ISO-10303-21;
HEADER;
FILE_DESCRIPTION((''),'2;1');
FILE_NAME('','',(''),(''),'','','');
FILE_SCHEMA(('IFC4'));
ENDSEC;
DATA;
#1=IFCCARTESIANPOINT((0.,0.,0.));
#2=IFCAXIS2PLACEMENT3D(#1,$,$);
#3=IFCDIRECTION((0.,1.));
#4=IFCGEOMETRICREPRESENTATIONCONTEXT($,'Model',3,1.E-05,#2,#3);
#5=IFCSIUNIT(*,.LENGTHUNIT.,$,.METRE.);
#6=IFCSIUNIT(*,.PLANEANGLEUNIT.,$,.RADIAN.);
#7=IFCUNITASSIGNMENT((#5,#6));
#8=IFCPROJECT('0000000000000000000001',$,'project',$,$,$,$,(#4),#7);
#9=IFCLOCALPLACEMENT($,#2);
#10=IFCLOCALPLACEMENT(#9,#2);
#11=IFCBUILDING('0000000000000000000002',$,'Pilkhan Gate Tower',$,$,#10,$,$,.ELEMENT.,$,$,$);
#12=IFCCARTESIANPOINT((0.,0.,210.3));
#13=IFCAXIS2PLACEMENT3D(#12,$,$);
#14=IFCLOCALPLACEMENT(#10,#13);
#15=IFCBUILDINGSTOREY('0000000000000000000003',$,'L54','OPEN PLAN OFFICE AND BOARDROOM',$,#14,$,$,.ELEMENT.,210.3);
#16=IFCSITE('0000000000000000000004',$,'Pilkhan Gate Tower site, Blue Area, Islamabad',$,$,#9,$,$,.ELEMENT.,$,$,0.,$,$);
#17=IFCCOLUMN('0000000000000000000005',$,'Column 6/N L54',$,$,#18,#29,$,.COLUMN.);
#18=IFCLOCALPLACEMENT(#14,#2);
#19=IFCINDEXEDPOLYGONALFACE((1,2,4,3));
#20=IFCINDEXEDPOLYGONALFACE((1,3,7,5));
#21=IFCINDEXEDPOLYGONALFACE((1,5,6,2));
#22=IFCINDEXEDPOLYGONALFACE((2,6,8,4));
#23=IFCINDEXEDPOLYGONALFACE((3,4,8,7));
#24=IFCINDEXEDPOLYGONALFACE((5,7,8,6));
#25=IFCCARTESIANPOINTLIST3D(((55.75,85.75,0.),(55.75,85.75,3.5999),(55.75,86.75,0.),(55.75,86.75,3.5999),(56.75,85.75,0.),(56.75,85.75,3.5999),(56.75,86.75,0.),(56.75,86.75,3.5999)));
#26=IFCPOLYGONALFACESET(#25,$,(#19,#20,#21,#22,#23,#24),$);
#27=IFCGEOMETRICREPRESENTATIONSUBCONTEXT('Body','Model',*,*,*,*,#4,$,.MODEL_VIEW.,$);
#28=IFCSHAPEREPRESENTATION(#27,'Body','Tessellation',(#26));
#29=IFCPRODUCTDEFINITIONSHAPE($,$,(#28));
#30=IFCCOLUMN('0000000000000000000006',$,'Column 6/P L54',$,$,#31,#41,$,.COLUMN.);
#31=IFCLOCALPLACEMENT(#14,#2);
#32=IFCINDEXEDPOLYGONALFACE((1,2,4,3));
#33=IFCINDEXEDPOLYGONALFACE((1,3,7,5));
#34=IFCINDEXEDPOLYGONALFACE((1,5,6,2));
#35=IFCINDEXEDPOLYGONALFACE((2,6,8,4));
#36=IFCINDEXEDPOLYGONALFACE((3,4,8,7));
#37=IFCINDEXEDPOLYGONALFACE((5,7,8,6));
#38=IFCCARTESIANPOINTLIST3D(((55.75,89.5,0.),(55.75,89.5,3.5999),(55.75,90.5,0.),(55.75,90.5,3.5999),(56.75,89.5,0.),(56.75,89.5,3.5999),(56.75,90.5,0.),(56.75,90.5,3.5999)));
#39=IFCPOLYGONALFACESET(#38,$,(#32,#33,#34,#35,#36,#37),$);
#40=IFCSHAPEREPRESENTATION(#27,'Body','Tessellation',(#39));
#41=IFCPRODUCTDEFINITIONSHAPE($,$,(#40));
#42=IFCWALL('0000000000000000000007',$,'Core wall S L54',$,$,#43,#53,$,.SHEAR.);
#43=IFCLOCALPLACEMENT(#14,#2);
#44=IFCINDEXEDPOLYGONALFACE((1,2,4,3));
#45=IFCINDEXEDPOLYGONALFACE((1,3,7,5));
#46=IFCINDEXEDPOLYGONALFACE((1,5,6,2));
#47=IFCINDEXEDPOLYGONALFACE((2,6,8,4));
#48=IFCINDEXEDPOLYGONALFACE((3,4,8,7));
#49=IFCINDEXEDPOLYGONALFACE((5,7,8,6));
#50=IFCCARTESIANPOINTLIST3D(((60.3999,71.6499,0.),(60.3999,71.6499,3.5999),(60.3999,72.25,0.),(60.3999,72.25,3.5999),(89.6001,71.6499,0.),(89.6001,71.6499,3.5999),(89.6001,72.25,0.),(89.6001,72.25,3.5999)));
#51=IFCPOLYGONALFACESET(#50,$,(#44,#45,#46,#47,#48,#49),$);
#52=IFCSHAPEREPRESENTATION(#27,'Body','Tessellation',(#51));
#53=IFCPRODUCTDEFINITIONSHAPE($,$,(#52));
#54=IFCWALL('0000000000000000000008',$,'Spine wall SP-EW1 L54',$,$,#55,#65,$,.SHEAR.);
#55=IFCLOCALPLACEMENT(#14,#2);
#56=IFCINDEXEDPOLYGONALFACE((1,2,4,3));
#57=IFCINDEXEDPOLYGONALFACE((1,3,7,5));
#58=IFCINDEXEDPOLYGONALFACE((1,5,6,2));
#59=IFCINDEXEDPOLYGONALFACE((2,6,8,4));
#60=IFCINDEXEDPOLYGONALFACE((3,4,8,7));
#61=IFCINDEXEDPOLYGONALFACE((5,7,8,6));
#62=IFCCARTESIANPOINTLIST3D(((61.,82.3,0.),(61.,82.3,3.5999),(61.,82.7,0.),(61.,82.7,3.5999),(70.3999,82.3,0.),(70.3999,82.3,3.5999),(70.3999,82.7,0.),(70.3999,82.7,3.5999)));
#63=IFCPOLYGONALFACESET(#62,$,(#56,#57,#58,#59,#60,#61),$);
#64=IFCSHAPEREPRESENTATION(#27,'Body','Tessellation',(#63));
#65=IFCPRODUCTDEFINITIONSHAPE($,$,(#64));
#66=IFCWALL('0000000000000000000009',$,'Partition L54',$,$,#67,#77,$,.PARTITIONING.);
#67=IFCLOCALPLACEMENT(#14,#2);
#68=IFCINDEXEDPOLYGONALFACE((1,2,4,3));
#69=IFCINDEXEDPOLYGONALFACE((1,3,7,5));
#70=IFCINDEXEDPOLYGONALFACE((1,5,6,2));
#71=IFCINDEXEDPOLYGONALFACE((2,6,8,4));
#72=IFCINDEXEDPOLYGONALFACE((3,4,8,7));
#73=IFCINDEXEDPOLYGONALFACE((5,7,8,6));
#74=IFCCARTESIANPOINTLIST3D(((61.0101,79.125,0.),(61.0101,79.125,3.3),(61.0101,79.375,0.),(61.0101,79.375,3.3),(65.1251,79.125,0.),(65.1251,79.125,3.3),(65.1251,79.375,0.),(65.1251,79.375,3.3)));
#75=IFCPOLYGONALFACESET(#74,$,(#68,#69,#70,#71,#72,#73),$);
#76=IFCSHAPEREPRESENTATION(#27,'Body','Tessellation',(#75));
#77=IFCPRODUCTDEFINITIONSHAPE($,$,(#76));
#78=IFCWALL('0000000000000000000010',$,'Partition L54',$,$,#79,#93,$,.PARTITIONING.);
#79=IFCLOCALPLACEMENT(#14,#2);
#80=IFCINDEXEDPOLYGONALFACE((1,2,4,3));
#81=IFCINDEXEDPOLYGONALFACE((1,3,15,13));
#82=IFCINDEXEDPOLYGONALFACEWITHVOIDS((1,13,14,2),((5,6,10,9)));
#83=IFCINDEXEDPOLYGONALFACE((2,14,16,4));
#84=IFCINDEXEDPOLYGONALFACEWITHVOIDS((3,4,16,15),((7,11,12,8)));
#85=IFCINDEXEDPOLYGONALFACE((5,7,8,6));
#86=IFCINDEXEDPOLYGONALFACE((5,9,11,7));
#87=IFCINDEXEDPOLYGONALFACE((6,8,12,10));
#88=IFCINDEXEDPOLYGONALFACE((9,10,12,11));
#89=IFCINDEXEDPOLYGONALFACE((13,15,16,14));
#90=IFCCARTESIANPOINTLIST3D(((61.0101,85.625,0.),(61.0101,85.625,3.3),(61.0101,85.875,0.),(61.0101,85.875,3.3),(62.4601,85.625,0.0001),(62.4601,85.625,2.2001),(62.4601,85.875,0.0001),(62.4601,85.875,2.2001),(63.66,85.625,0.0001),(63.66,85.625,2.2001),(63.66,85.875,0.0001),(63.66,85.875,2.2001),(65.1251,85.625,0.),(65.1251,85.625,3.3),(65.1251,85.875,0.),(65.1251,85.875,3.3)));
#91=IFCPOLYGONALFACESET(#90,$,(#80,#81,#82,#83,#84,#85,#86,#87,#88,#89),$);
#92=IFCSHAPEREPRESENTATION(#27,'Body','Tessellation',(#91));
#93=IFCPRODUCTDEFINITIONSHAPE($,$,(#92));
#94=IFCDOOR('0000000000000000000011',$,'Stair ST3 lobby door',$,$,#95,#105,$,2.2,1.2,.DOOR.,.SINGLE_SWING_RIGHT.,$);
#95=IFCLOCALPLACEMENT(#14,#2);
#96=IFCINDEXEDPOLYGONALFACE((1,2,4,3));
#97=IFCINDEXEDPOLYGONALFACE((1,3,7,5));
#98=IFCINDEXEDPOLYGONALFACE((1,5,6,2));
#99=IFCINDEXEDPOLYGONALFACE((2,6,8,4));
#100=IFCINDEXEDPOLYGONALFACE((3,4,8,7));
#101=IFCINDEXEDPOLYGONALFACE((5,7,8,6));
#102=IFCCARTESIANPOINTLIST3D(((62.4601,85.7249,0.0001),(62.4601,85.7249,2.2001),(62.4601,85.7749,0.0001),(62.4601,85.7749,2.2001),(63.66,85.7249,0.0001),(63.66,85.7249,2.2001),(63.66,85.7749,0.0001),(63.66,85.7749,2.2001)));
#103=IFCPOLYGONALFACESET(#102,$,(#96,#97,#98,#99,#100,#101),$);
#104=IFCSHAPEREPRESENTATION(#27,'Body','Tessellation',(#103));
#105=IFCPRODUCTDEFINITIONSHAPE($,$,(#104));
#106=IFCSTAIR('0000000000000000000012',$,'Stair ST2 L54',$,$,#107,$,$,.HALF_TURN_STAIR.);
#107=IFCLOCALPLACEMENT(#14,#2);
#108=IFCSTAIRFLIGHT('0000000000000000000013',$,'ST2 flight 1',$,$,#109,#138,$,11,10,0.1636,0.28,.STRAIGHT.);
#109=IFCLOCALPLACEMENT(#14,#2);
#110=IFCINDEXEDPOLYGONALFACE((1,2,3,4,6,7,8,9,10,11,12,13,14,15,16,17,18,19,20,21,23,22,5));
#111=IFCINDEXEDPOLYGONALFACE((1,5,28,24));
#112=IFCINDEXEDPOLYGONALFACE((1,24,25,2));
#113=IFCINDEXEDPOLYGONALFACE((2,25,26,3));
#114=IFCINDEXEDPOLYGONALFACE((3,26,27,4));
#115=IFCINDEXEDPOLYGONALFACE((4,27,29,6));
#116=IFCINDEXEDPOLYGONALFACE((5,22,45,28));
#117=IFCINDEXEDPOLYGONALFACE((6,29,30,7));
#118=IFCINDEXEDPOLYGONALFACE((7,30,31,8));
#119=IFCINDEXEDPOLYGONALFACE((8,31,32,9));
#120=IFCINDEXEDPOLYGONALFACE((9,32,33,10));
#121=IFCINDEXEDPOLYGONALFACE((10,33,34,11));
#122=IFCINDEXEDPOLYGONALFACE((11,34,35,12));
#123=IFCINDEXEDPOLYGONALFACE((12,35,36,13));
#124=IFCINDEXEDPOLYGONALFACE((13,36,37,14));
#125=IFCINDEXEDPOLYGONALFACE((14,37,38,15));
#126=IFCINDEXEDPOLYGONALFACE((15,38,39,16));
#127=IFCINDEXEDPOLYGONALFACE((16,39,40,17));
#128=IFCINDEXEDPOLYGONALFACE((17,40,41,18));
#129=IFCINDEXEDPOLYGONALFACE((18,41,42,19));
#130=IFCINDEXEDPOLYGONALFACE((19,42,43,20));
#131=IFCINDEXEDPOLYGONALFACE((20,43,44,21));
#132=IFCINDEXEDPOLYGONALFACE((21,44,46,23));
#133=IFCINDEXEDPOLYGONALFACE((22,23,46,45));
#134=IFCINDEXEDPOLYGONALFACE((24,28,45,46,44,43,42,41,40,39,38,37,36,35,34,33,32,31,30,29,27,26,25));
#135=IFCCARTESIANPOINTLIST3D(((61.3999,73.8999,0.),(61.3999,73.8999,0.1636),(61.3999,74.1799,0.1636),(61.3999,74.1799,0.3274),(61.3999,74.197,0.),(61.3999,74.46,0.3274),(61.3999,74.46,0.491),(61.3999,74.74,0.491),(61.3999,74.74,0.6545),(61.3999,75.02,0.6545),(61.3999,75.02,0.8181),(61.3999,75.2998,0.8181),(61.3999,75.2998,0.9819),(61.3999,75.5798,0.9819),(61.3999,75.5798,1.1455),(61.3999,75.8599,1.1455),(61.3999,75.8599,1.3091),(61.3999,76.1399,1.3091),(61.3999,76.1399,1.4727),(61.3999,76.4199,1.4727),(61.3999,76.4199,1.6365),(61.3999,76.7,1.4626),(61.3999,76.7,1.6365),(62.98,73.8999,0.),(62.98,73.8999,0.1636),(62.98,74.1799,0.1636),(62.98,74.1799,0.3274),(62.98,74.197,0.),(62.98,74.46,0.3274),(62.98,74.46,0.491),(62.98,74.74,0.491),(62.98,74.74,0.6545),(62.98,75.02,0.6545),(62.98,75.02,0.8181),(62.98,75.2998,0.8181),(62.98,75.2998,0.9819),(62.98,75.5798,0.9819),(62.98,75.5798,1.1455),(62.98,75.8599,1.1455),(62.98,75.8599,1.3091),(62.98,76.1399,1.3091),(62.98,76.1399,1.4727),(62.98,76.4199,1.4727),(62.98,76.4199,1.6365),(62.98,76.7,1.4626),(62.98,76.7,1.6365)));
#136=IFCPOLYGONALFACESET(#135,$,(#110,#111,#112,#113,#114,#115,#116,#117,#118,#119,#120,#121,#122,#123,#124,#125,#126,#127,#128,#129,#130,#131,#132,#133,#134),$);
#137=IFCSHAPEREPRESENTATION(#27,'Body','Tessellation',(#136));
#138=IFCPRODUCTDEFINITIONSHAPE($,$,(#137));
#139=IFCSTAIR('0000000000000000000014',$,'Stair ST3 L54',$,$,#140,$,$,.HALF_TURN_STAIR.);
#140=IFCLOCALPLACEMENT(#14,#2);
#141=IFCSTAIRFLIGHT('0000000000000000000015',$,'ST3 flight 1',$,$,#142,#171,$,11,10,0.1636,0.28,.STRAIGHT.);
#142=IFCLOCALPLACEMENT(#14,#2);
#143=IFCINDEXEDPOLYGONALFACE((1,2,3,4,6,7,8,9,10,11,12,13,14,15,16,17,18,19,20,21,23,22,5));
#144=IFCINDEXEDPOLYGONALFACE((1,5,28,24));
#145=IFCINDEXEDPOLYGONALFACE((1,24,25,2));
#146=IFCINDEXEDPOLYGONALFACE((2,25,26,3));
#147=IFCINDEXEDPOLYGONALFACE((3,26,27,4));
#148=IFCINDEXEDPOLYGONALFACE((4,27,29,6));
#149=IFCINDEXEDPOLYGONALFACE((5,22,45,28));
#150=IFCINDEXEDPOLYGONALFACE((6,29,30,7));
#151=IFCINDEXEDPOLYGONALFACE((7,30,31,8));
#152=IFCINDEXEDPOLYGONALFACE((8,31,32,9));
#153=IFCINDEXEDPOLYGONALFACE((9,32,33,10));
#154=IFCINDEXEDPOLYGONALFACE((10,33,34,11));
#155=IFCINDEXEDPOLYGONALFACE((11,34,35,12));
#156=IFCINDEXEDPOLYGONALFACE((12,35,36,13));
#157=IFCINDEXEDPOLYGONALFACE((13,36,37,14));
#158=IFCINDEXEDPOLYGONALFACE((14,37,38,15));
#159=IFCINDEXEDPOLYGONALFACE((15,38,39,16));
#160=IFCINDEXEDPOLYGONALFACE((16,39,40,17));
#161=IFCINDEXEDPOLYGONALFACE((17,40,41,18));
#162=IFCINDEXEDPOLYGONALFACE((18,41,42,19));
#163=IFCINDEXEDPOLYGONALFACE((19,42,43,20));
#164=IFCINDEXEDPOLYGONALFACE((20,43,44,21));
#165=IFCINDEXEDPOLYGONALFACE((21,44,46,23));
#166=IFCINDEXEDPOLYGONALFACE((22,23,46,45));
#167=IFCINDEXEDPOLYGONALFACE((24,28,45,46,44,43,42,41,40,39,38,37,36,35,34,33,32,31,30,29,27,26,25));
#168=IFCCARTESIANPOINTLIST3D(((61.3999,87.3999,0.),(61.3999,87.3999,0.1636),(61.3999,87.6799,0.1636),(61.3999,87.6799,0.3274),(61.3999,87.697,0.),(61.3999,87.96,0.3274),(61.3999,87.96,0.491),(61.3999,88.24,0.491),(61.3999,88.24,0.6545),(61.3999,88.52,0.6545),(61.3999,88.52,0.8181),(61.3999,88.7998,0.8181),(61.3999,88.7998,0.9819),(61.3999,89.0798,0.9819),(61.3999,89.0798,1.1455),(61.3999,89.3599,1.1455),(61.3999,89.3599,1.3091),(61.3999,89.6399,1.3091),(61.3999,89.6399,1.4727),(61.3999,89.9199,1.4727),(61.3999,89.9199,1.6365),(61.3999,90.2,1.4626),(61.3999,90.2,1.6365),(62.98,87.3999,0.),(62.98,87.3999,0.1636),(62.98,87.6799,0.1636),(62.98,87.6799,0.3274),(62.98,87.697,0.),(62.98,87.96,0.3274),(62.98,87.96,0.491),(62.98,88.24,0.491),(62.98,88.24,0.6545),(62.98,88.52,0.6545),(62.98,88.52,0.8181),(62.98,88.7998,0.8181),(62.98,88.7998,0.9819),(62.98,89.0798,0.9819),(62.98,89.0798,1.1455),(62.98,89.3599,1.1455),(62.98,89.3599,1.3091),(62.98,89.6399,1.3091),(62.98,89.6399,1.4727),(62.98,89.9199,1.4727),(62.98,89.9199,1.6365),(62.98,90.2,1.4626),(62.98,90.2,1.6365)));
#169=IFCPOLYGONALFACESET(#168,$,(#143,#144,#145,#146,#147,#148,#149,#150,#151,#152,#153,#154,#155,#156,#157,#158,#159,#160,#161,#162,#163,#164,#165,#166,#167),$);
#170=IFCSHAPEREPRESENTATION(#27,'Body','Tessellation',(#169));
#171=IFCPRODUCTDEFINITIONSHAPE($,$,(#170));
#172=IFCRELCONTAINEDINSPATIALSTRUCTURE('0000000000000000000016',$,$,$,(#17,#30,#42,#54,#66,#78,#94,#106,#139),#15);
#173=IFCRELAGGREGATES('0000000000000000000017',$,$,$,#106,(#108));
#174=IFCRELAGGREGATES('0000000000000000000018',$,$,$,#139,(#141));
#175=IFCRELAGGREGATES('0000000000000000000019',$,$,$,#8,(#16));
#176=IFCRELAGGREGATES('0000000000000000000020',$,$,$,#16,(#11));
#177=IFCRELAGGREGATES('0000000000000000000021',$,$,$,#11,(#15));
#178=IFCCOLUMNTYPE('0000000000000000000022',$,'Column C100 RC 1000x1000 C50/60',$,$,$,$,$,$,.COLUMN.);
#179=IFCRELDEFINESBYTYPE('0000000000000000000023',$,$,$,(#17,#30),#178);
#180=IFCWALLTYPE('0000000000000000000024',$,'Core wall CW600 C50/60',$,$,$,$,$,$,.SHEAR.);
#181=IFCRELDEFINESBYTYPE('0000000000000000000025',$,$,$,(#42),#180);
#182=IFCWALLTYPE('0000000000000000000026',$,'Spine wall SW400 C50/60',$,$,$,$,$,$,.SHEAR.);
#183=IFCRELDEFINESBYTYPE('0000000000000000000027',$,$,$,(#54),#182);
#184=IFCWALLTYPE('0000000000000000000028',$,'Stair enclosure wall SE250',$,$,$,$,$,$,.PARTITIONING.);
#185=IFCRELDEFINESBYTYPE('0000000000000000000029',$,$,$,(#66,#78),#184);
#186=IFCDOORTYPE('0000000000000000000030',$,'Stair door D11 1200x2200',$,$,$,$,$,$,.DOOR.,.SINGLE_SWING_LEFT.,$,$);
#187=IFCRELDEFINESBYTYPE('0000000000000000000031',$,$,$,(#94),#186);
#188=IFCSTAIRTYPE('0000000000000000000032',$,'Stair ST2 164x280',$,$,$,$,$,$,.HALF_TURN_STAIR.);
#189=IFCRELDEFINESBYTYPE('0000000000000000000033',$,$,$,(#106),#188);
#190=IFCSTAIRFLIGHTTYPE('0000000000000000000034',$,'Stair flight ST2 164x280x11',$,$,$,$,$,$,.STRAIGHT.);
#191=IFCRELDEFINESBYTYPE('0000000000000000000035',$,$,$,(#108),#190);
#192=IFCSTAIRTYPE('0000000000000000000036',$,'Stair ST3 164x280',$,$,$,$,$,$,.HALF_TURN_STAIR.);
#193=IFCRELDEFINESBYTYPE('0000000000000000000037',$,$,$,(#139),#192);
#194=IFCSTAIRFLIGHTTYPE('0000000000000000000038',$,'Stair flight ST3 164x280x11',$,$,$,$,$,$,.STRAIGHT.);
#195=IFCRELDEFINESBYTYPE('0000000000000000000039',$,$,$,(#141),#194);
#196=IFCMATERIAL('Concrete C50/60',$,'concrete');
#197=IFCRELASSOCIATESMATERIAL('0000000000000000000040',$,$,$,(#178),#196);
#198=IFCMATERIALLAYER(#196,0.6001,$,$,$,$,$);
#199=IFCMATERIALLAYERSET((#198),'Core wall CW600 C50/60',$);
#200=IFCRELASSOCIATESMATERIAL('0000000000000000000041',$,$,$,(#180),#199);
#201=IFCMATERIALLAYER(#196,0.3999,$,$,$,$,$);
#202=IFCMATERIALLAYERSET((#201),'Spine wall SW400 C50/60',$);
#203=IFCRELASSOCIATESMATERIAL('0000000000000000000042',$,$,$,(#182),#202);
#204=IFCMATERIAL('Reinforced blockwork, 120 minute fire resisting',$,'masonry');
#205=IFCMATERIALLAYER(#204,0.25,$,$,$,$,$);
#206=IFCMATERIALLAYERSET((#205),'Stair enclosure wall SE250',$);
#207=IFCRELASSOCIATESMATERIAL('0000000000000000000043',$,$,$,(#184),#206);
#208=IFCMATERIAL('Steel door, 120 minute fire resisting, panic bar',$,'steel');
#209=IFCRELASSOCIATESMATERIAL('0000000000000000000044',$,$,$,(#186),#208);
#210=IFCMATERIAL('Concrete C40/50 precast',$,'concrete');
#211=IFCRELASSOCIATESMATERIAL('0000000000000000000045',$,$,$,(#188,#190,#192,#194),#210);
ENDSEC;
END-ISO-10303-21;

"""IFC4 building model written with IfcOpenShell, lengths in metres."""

from ifc_helpers import new_model, si_unit, direction, frame, frame_2d, origin, origin_2d, place, context, subcontext, project, spatial, polyline, rectangle, outline, extrude, material, layer, layer_set, material_profile, profile_set, type_object, element, fill, aggregate, save


model = new_model("IFC4")

# Units and contexts
model_context = context("Model", 3, precision=1e-05, world=origin(), true_north=direction((0.0, 1.0)))
body_context = subcontext(model_context, "Body", "Model", "MODEL_VIEW")
ifc_project = project(units=[si_unit("LENGTHUNIT", "METRE"), si_unit("PLANEANGLEUNIT", "RADIAN")], contexts=[model_context])

# Site, building, storey
site_placement = place(None, origin())
site = spatial("IfcSite", under=ifc_project, at=site_placement, Name="Pilkhan Gate Tower site, Blue Area, Islamabad", CompositionType="ELEMENT", RefElevation=0.0)
building_placement = place(site_placement, origin())
building = spatial("IfcBuilding", under=site, at=building_placement, Name="Pilkhan Gate Tower", CompositionType="ELEMENT")
storey_placement = place(building_placement, frame((0.0, 0.0, 210.3)))
storey = spatial("IfcBuildingStorey", under=building, at=storey_placement, Name="L54", Description="OPEN PLAN OFFICE AND BOARDROOM", CompositionType="ELEMENT", Elevation=210.3)

# Columns
ifc_material_1 = material(Name="Concrete C50/60", Category="concrete")
ifc_material_profile = material_profile(ifc_material_1, rectangle(XDim=1.0, YDim=1.0, at=origin_2d()), Name="RC 1000x1000")
ifc_profile_set = profile_set([ifc_material_profile], Name="Concrete C50/60")
column_type = type_object("IfcColumnType", Name="Column C100 RC 1000x1000 C50/60", PredefinedType="COLUMN", material=ifc_profile_set)
for number, where, z_axis, x_axis, name in (
    (1, (56.25, 86.25, 0.0), (0.0, 0.0, 1.0), (1.0, 0.0, 0.0), "Column 6/N L54"),
    (2, (56.25, 90.0, 0.0), (0.0, 0.0, 1.0), (1.0, 0.0, 0.0), "Column 6/P L54"),
):
    element("IfcColumn", number, at=place(storey_placement, frame(where, z_axis=z_axis, x_axis=x_axis)), inside=storey, type_object=column_type, Name=name, PredefinedType="COLUMN", context=body_context, shape_type="SweptSolid", body=[
        extrude(rectangle(XDim=1.0, YDim=1.0, at=origin_2d()), origin(), (0.0, 0.0, 1.0), 3.5999),
    ])

# Walls
ifc_layer_1 = layer(ifc_material_1, 0.6001)
ifc_layer_set_1 = layer_set([ifc_layer_1], Name="Core wall CW600 C50/60")
wall_type_1 = type_object("IfcWallType", Name="Core wall CW600 C50/60", PredefinedType="SHEAR", material=ifc_layer_set_1)
wall_1_placement = place(storey_placement, frame((60.3999, 71.95, 0.0), z_axis=(0.0, 0.0, 1.0), x_axis=(1.0, 0.0, 0.0)))
element("IfcWall", 3, at=wall_1_placement, inside=storey, type_object=wall_type_1, Name="Core wall S L54", PredefinedType="SHEAR", context=body_context, shape_type="SweptSolid", body=[
    extrude(rectangle(XDim=29.2002, YDim=0.6001, at=frame_2d((14.6001, 0.0))), origin(), (0.0, 0.0, 1.0), 3.5999),
])
ifc_layer_2 = layer(ifc_material_1, 0.3999)
ifc_layer_set_2 = layer_set([ifc_layer_2], Name="Spine wall SW400 C50/60")
wall_type_2 = type_object("IfcWallType", Name="Spine wall SW400 C50/60", PredefinedType="SHEAR", material=ifc_layer_set_2)
wall_2_placement = place(storey_placement, frame((61.0, 82.5, 0.0), z_axis=(0.0, 0.0, 1.0), x_axis=(1.0, 0.0, 0.0)))
element("IfcWall", 4, at=wall_2_placement, inside=storey, type_object=wall_type_2, Name="Spine wall SP-EW1 L54", PredefinedType="SHEAR", context=body_context, shape_type="SweptSolid", body=[
    extrude(rectangle(XDim=9.3999, YDim=0.3999, at=frame_2d((4.7, 0.0))), origin(), (0.0, 0.0, 1.0), 3.5999),
])
ifc_material_2 = material(Name="Reinforced blockwork, 120 minute fire resisting", Category="masonry")
ifc_layer_3 = layer(ifc_material_2, 0.25)
ifc_layer_set_3 = layer_set([ifc_layer_3], Name="Stair enclosure wall SE250")
wall_type_3 = type_object("IfcWallType", Name="Stair enclosure wall SE250", PredefinedType="PARTITIONING", material=ifc_layer_set_3)
wall_3_placement = place(storey_placement, frame((61.01, 79.25, 0.0), z_axis=(0.0, 0.0, 1.0), x_axis=(1.0, 0.0, 0.0)))
element("IfcWall", 5, at=wall_3_placement, inside=storey, type_object=wall_type_3, Name="Partition L54", PredefinedType="PARTITIONING", context=body_context, shape_type="SweptSolid", body=[
    extrude(rectangle(XDim=4.115, YDim=0.25, at=frame_2d((2.0576, 0.0))), origin(), (0.0, 0.0, 1.0), 3.3),
])

# Wall, opening, door
wall_4_placement = place(storey_placement, frame((61.01, 85.75, 0.0), z_axis=(0.0, 0.0, 1.0), x_axis=(1.0, 0.0, 0.0)))
wall_4 = element("IfcWall", 6, at=wall_4_placement, inside=storey, type_object=wall_type_3, Name="Partition L54", PredefinedType="PARTITIONING", context=body_context, shape_type="SweptSolid", body=[
    extrude(rectangle(XDim=4.115, YDim=0.25, at=frame_2d((2.0576, 0.0))), origin(), (0.0, 0.0, 1.0), 3.3),
])
opening_placement = place(wall_4_placement, frame((1.45, 0.0, 0.0)))
opening = element("IfcOpeningElement", 7, at=opening_placement, cuts=wall_4, PredefinedType="OPENING", context=body_context, shape_type="SweptSolid", body=[
    extrude(rectangle(XDim=1.2, YDim=2.2, at=frame_2d((0.6001, 1.1001))), frame((0.0, 0.135, 0.0), z_axis=(0.0, -1.0, 0.0), x_axis=(1.0, 0.0, 0.0)), (0.0, 0.0, 1.0), 0.27),
])
ifc_material_3 = material(Name="Steel door, 120 minute fire resisting, panic bar", Category="steel")
door_type = type_object("IfcDoorType", Name="Stair door D11 1200x2200", OperationType="SINGLE_SWING_LEFT", PredefinedType="DOOR", material=ifc_material_3)
door_placement = place(opening_placement, origin())
door = element("IfcDoor", 8, at=door_placement, inside=storey, type_object=door_type, Name="Stair ST3 lobby door", OperationType="SINGLE_SWING_RIGHT", OverallHeight=2.2, OverallWidth=1.2, PredefinedType="DOOR", context=body_context, shape_type="SweptSolid", body=[
    extrude(rectangle(XDim=1.2, YDim=2.2, at=frame_2d((0.6001, 1.1001))), frame((0.0, 0.0249, 0.0), z_axis=(0.0, -1.0, 0.0), x_axis=(1.0, 0.0, 0.0)), (0.0, 0.0, 1.0), 0.05),
])
fill(opening, door)

# Stairs, stair flights
ifc_material_4 = material(Name="Concrete C40/50 precast", Category="concrete")
stair_type_1 = type_object("IfcStairType", Name="Stair ST2 164x280", PredefinedType="HALF_TURN_STAIR", material=ifc_material_4)
stair_1_placement = place(storey_placement, origin())
stair_1 = element("IfcStair", 9, at=stair_1_placement, inside=storey, type_object=stair_type_1, Name="Stair ST2 L54", PredefinedType="HALF_TURN_STAIR")
stair_flight_type_1 = type_object("IfcStairFlightType", Name="Stair flight ST2 164x280x11", PredefinedType="STRAIGHT", material=ifc_material_4)
stair_flight_1_placement = place(storey_placement, frame((62.1899, 73.8999, 0.0), z_axis=(0.0, 0.0, 1.0), x_axis=(0.0, 1.0, 0.0)))
stair_flight_1 = element("IfcStairFlight", 10, at=stair_flight_1_placement, type_object=stair_flight_type_1, Name="ST2 flight 1", NumberOfRisers=11, NumberOfTreads=10, PredefinedType="STRAIGHT", RiserHeight=0.1636, TreadLength=0.28, context=body_context, shape_type="SweptSolid", body=[
    extrude(outline(polyline([(0.0, 0.0), (0.0, 0.1636), (0.28, 0.1636), (0.28, 0.3274), (0.5601, 0.3274), (0.5601, 0.491), (0.8401, 0.491), (0.8401, 0.6545), (1.1201, 0.6545), (1.1201, 0.8181), (1.3999, 0.8181), (1.3999, 0.9819), (1.6799, 0.9819), (1.6799, 1.1455), (1.96, 1.1455), (1.96, 1.3091), (2.24, 1.3091), (2.24, 1.4727), (2.52, 1.4727), (2.52, 1.6365), (2.8, 1.6365), (2.8, 1.8), (2.8, 1.4626), (0.2971, 0.0), (0.0, 0.0)])), frame((0.0, 0.79, 0.0), z_axis=(0.0, -1.0, 0.0), x_axis=(1.0, 0.0, 0.0)), (0.0, 0.0, 1.0), 1.5801),
])
aggregate(stair_1, [stair_flight_1])
stair_type_2 = type_object("IfcStairType", Name="Stair ST3 164x280", PredefinedType="HALF_TURN_STAIR", material=ifc_material_4)
stair_2_placement = place(storey_placement, origin())
stair_2 = element("IfcStair", 11, at=stair_2_placement, inside=storey, type_object=stair_type_2, Name="Stair ST3 L54", PredefinedType="HALF_TURN_STAIR")
stair_flight_type_2 = type_object("IfcStairFlightType", Name="Stair flight ST3 164x280x11", PredefinedType="STRAIGHT", material=ifc_material_4)
stair_flight_2_placement = place(storey_placement, frame((62.1899, 87.3999, 0.0), z_axis=(0.0, 0.0, 1.0), x_axis=(0.0, 1.0, 0.0)))
stair_flight_2 = element("IfcStairFlight", 12, at=stair_flight_2_placement, type_object=stair_flight_type_2, Name="ST3 flight 1", NumberOfRisers=11, NumberOfTreads=10, PredefinedType="STRAIGHT", RiserHeight=0.1636, TreadLength=0.28, context=body_context, shape_type="SweptSolid", body=[
    extrude(outline(polyline([(0.0, 0.0), (0.0, 0.1636), (0.28, 0.1636), (0.28, 0.3274), (0.5601, 0.3274), (0.5601, 0.491), (0.8401, 0.491), (0.8401, 0.6545), (1.1201, 0.6545), (1.1201, 0.8181), (1.3999, 0.8181), (1.3999, 0.9819), (1.6799, 0.9819), (1.6799, 1.1455), (1.96, 1.1455), (1.96, 1.3091), (2.24, 1.3091), (2.24, 1.4727), (2.52, 1.4727), (2.52, 1.6365), (2.8, 1.6365), (2.8, 1.8), (2.8, 1.4626), (0.2971, 0.0), (0.0, 0.0)])), frame((0.0, 0.79, 0.0), z_axis=(0.0, -1.0, 0.0), x_axis=(1.0, 0.0, 0.0)), (0.0, 0.0, 1.0), 1.5801),
])
aggregate(stair_2, [stair_flight_2])

save(model, "model.ifc")
